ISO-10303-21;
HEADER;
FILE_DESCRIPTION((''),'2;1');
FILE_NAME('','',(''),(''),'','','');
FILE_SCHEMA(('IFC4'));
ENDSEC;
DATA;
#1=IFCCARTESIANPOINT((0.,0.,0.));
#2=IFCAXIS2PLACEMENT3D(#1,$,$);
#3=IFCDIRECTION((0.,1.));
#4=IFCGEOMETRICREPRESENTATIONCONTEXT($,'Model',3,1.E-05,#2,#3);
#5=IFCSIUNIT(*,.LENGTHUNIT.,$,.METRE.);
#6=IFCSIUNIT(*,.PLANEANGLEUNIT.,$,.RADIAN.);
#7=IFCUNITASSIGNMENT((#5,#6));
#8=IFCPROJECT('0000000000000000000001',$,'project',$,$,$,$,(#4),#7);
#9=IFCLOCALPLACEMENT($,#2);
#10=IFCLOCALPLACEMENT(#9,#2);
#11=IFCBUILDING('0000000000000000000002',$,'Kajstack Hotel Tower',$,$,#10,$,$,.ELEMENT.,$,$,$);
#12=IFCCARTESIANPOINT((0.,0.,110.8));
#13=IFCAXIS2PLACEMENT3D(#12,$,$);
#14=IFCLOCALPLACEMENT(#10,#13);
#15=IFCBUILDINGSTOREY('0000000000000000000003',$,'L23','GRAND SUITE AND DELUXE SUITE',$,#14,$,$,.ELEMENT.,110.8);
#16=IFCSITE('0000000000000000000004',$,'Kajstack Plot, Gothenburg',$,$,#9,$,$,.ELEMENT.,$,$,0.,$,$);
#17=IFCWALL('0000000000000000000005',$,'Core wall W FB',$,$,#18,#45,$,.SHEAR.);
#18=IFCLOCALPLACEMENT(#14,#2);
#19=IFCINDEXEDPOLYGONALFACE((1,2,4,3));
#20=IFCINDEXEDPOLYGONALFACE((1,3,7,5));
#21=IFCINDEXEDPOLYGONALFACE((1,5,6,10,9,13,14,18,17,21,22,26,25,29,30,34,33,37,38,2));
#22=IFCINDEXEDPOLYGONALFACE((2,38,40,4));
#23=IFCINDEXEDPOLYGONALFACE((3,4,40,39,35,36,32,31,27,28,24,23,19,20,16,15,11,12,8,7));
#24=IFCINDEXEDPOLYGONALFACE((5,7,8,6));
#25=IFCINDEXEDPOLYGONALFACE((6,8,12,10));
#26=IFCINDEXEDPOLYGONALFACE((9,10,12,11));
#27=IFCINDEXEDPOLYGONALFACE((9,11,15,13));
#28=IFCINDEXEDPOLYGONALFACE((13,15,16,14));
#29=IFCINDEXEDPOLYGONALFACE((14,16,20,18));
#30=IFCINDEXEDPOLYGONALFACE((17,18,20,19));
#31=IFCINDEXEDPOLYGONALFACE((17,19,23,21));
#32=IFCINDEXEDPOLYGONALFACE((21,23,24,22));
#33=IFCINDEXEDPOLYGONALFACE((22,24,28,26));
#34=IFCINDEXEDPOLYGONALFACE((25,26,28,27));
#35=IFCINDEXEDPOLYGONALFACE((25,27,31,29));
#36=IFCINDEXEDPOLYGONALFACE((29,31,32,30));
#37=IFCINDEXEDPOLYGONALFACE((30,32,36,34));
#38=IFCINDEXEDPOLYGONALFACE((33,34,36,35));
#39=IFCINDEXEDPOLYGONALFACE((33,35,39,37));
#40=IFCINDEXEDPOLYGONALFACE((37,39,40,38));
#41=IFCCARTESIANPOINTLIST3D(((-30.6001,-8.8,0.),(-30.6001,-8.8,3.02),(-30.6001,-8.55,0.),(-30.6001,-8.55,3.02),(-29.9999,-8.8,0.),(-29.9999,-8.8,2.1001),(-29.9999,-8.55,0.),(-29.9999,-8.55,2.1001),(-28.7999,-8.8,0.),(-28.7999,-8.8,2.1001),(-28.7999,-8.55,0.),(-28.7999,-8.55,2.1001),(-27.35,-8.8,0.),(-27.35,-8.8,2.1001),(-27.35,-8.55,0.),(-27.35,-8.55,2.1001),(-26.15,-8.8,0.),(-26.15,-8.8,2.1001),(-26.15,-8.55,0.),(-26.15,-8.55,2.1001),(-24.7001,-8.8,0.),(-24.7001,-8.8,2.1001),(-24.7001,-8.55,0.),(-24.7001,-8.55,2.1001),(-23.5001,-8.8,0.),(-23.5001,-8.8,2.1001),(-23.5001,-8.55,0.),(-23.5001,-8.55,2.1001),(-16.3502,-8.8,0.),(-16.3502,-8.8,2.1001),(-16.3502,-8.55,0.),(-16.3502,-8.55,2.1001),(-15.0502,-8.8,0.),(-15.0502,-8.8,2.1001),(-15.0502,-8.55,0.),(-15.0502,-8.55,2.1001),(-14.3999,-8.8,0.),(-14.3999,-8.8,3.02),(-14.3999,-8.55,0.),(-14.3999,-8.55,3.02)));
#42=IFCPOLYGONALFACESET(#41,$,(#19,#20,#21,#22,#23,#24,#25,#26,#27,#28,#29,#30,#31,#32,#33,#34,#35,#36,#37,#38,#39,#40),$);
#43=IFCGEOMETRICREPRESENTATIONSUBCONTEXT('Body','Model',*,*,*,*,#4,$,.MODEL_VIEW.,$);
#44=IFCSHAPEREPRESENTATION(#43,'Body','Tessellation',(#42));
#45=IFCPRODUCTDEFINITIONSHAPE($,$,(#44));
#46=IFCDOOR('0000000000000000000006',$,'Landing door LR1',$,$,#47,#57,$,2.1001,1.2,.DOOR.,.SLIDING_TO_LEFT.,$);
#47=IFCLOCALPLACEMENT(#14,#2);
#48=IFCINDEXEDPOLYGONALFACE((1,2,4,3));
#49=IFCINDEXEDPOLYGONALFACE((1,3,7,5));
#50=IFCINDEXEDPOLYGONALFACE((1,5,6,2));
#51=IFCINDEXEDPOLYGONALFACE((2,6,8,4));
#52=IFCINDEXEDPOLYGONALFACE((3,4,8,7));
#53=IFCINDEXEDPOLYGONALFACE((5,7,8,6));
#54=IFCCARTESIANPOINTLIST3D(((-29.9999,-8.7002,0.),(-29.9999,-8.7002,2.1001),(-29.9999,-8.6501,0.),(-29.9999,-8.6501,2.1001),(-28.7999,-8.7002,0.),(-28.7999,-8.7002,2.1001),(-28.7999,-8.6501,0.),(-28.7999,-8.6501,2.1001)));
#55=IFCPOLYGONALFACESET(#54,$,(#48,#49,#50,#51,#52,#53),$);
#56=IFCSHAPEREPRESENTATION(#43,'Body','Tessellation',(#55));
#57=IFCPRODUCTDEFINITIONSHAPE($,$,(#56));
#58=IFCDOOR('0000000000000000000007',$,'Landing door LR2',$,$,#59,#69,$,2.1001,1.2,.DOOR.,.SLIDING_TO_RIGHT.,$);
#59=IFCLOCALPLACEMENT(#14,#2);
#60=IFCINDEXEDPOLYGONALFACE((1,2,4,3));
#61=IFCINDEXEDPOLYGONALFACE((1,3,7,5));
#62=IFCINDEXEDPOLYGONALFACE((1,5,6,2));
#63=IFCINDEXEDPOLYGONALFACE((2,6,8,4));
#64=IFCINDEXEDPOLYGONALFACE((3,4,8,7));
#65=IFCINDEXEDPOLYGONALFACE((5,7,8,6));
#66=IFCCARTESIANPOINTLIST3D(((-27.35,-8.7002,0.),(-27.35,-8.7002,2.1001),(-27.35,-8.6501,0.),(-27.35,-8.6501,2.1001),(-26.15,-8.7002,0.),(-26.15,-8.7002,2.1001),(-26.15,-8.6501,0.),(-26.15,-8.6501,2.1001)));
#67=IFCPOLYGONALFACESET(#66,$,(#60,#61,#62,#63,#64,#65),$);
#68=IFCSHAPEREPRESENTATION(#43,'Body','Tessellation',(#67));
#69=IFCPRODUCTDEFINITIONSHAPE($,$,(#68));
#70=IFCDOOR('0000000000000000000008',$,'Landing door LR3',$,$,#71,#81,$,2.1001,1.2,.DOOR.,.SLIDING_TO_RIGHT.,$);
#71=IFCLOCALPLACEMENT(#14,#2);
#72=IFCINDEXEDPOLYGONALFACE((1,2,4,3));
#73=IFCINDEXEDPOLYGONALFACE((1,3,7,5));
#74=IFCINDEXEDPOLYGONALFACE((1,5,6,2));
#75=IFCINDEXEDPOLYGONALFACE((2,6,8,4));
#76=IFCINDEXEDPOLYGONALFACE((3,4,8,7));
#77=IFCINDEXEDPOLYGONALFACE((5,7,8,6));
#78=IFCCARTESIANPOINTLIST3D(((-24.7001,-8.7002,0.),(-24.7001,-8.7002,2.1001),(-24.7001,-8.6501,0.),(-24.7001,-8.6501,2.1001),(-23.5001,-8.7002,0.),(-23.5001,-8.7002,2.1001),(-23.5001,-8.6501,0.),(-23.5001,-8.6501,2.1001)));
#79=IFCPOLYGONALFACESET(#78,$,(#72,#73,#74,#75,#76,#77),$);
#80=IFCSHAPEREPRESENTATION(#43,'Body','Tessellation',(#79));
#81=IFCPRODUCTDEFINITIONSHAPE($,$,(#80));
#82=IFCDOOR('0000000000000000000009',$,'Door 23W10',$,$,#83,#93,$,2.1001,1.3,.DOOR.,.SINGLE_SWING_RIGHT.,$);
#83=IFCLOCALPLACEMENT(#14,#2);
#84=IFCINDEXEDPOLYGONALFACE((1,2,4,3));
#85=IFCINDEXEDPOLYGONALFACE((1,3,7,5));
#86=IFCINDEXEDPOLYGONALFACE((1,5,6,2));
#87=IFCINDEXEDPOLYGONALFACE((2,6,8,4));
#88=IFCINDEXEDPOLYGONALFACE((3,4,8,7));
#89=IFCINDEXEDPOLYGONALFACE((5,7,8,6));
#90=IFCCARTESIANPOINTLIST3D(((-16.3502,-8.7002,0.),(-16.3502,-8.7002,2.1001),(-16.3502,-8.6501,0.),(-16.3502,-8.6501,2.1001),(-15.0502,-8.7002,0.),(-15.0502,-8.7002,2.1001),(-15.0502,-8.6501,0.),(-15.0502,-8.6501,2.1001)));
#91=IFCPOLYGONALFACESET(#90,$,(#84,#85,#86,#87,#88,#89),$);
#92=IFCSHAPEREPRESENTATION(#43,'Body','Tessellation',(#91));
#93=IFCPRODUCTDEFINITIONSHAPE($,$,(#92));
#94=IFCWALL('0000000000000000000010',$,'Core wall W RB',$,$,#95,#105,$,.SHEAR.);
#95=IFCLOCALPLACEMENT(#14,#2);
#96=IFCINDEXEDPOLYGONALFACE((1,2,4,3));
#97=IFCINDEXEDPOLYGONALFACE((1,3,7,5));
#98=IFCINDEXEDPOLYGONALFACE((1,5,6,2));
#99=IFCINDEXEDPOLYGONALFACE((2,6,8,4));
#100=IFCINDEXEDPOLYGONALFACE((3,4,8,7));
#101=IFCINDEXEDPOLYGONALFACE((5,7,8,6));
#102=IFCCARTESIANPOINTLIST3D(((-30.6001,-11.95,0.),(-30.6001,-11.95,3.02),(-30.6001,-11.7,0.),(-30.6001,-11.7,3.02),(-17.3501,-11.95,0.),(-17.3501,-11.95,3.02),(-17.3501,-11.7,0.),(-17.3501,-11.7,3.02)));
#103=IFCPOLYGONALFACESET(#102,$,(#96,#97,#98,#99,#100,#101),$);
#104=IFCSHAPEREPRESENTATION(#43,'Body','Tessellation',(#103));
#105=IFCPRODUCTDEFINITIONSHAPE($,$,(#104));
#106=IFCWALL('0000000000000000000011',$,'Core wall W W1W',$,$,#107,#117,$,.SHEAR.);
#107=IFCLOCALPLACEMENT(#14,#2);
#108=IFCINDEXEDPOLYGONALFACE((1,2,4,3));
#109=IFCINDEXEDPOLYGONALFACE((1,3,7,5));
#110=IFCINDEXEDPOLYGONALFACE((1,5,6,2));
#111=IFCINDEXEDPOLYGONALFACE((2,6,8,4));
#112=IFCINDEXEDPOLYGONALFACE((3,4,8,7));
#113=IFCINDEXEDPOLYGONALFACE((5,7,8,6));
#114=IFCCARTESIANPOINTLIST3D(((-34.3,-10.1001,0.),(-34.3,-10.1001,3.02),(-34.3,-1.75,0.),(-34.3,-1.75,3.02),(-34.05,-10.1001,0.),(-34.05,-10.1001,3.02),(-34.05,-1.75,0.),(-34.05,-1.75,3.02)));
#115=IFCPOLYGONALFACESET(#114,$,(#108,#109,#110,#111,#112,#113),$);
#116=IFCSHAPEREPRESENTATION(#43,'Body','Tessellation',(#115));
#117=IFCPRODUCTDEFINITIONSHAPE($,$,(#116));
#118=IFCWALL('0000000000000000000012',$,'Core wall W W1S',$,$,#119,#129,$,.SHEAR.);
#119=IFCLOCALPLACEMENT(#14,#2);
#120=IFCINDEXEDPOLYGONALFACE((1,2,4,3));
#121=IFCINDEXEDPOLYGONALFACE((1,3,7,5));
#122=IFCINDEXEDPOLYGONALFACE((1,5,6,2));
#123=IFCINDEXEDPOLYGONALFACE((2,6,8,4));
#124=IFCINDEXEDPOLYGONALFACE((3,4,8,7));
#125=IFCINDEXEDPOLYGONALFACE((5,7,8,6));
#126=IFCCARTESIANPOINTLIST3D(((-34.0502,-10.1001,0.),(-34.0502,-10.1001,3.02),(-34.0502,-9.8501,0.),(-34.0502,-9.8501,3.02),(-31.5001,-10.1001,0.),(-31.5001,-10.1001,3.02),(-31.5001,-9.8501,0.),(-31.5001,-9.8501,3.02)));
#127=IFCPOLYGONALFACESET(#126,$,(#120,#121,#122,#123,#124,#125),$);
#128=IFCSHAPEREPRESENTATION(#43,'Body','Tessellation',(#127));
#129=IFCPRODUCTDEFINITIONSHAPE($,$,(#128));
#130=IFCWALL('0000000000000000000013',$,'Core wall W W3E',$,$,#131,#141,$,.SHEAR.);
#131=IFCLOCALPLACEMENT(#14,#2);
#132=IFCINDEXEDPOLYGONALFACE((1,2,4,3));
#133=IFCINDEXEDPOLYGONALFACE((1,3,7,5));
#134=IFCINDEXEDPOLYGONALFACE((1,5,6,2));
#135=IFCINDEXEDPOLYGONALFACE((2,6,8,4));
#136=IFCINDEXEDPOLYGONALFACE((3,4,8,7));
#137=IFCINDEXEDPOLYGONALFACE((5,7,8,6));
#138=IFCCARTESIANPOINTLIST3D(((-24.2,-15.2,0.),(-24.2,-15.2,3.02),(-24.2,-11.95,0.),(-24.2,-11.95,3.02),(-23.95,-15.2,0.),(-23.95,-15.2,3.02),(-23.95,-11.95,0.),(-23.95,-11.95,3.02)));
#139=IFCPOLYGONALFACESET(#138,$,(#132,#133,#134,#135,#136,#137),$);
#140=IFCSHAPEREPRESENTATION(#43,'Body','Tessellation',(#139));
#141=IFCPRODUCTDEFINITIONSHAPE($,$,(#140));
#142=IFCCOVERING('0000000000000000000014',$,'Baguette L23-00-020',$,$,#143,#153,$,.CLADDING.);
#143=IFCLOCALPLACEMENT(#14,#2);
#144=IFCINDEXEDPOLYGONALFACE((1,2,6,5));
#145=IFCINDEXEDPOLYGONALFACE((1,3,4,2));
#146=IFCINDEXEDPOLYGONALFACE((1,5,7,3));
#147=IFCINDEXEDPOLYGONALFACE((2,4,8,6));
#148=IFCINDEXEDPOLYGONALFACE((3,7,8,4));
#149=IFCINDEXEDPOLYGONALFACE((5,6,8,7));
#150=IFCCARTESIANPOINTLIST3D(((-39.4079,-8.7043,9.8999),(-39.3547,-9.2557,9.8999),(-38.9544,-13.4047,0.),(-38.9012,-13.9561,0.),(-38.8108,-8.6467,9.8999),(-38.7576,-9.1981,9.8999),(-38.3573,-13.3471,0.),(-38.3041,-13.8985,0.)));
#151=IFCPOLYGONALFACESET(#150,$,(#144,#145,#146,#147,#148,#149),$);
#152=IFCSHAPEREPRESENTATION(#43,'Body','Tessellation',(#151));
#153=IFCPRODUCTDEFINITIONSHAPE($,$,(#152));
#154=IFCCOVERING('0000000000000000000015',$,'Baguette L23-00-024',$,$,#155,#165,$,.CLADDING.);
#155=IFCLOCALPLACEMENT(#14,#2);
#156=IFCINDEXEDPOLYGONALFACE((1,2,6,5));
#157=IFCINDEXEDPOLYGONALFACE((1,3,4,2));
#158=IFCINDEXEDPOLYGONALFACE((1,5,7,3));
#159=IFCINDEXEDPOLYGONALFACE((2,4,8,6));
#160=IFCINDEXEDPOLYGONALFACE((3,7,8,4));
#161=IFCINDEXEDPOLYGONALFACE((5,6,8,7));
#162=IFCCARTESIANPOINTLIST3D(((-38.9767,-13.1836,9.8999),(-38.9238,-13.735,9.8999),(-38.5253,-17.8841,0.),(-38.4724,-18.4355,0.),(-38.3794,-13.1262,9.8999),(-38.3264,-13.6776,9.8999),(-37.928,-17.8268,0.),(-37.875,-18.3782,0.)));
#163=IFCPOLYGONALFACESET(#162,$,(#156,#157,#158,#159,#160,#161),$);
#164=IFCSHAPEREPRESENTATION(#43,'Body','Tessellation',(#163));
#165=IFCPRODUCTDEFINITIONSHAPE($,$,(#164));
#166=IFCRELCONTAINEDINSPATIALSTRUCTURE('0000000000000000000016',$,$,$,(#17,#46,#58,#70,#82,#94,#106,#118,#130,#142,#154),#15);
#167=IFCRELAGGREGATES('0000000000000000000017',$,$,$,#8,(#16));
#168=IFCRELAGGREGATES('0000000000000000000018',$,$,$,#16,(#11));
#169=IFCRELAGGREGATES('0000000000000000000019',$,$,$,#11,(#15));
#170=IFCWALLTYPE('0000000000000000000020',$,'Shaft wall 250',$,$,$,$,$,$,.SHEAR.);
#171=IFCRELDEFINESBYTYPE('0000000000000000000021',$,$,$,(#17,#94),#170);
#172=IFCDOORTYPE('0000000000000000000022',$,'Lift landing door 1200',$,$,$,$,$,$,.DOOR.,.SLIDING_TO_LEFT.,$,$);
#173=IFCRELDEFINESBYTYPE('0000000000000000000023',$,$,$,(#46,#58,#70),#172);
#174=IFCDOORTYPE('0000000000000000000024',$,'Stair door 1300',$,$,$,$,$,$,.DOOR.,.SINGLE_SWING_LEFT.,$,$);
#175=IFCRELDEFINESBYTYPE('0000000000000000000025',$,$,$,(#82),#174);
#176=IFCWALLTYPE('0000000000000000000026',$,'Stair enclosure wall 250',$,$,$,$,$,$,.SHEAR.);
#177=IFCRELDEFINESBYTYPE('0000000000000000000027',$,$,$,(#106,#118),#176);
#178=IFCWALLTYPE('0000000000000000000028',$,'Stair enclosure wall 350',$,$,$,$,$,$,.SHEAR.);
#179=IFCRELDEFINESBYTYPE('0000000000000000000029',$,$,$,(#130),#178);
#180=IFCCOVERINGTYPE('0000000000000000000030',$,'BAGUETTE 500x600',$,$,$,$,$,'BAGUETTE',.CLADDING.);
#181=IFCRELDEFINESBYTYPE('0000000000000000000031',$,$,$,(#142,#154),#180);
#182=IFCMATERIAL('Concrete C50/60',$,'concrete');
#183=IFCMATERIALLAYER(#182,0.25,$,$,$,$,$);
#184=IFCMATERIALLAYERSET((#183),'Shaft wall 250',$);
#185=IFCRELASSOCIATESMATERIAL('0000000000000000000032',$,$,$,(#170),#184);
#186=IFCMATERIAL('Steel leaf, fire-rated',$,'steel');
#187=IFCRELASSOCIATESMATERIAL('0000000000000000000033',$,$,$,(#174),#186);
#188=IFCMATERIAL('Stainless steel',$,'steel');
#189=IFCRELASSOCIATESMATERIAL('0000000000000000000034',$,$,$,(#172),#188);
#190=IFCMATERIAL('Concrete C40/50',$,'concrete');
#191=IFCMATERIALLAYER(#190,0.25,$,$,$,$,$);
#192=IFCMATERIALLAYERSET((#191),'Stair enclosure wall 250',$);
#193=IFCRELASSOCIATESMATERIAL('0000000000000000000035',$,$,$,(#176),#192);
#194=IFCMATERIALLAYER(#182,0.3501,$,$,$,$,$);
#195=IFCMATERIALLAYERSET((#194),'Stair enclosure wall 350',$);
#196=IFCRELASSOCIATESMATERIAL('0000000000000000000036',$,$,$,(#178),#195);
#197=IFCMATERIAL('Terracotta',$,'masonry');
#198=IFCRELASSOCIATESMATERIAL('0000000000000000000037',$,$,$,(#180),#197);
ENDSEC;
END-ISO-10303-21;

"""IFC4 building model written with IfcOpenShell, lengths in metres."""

from ifc_helpers import new_model, si_unit, direction, frame, frame_2d, origin, origin_2d, place, context, subcontext, project, spatial, polyline, rectangle, outline, extrude, material, layer, layer_set, material_profile, profile_set, type_object, element, fill, save


model = new_model("IFC4")

# Units and contexts
model_context = context("Model", 3, precision=1e-05, world=origin(), true_north=direction((0.0, 1.0)))
body_context = subcontext(model_context, "Body", "Model", "MODEL_VIEW")
ifc_project = project(units=[si_unit("LENGTHUNIT", "METRE"), si_unit("PLANEANGLEUNIT", "RADIAN")], contexts=[model_context])

# Site, building, storey
site_placement = place(None, origin())
site = spatial("IfcSite", under=ifc_project, at=site_placement, Name="Kajstack Plot, Gothenburg", CompositionType="ELEMENT", RefElevation=0.0)
building_placement = place(site_placement, origin())
building = spatial("IfcBuilding", under=site, at=building_placement, Name="Kajstack Hotel Tower", CompositionType="ELEMENT")
storey_placement = place(building_placement, frame((0.0, 0.0, 110.8)))
storey = spatial("IfcBuildingStorey", under=building, at=storey_placement, Name="L23", Description="GRAND SUITE AND DELUXE SUITE", CompositionType="ELEMENT", Elevation=110.8)

# Shared definitions
ifc_material_1 = material(Name="Stainless steel", Category="steel")

# Wall, openings, doors
ifc_material_2 = material(Name="Concrete C50/60", Category="concrete")
ifc_layer_1 = layer(ifc_material_2, 0.25)
ifc_layer_set_1 = layer_set([ifc_layer_1], Name="Shaft wall 250")
wall_type_1 = type_object("IfcWallType", Name="Shaft wall 250", PredefinedType="SHEAR", material=ifc_layer_set_1)
ifc_material_3 = material(Name="Steel leaf, fire-rated", Category="steel")
door_type_1 = type_object("IfcDoorType", Name="Stair door 1300", OperationType="SINGLE_SWING_LEFT", PredefinedType="DOOR", material=ifc_material_3)
wall_1_placement = place(storey_placement, frame((-30.6001, -8.675, 0.0), z_axis=(0.0, 0.0, 1.0), x_axis=(1.0, 0.0, 0.0)))
wall_1 = element("IfcWall", 1, at=wall_1_placement, inside=storey, type_object=wall_type_1, Name="Core wall W FB", PredefinedType="SHEAR", context=body_context, shape_type="SweptSolid", body=[
    extrude(rectangle(XDim=16.2002, YDim=0.25, at=frame_2d((8.1001, 0.0))), origin(), (0.0, 0.0, 1.0), 3.02),
])
opening_1_placement = place(wall_1_placement, frame((0.6001, 0.0, 0.0)))
opening_1 = element("IfcOpeningElement", 2, at=opening_1_placement, cuts=wall_1, PredefinedType="OPENING", context=body_context, shape_type="SweptSolid", body=[
    extrude(rectangle(XDim=1.2, YDim=2.1001, at=frame_2d((0.6001, 1.05))), frame((0.0, 0.135, 0.0), z_axis=(0.0, -1.0, 0.0), x_axis=(1.0, 0.0, 0.0)), (0.0, 0.0, 1.0), 0.27),
])
opening_2_placement = place(wall_1_placement, frame((3.25, 0.0, 0.0)))
opening_2 = element("IfcOpeningElement", 3, at=opening_2_placement, cuts=wall_1, PredefinedType="OPENING", context=body_context, shape_type="SweptSolid", body=[
    extrude(rectangle(XDim=1.2, YDim=2.1001, at=frame_2d((0.6001, 1.05))), frame((0.0, 0.135, 0.0), z_axis=(0.0, -1.0, 0.0), x_axis=(1.0, 0.0, 0.0)), (0.0, 0.0, 1.0), 0.27),
])
opening_3_placement = place(wall_1_placement, frame((5.8999, 0.0, 0.0)))
opening_3 = element("IfcOpeningElement", 4, at=opening_3_placement, cuts=wall_1, PredefinedType="OPENING", context=body_context, shape_type="SweptSolid", body=[
    extrude(rectangle(XDim=1.2, YDim=2.1001, at=frame_2d((0.6001, 1.05))), frame((0.0, 0.135, 0.0), z_axis=(0.0, -1.0, 0.0), x_axis=(1.0, 0.0, 0.0)), (0.0, 0.0, 1.0), 0.27),
])
opening_4_placement = place(wall_1_placement, frame((14.25, 0.0, 0.0)))
opening_4 = element("IfcOpeningElement", 5, at=opening_4_placement, cuts=wall_1, PredefinedType="OPENING", context=body_context, shape_type="SweptSolid", body=[
    extrude(rectangle(XDim=1.3, YDim=2.1001, at=frame_2d((0.6499, 1.05))), frame((0.0, 0.135, 0.0), z_axis=(0.0, -1.0, 0.0), x_axis=(1.0, 0.0, 0.0)), (0.0, 0.0, 1.0), 0.27),
])
door_type_2 = type_object("IfcDoorType", Name="Lift landing door 1200", OperationType="SLIDING_TO_LEFT", PredefinedType="DOOR", material=ifc_material_1)
door_1_placement = place(opening_1_placement, origin())
door_1 = element("IfcDoor", 6, at=door_1_placement, inside=storey, type_object=door_type_2, Name="Landing door LR1", OperationType="SLIDING_TO_LEFT", OverallHeight=2.1001, OverallWidth=1.2, PredefinedType="DOOR", context=body_context, shape_type="SweptSolid", body=[
    extrude(rectangle(XDim=1.2, YDim=2.1001, at=frame_2d((0.6001, 1.05))), frame((0.0, 0.0249, 0.0), z_axis=(0.0, -1.0, 0.0), x_axis=(1.0, 0.0, 0.0)), (0.0, 0.0, 1.0), 0.05),
])
fill(opening_1, door_1)
door_2_placement = place(opening_2_placement, origin())
door_2 = element("IfcDoor", 7, at=door_2_placement, inside=storey, type_object=door_type_2, Name="Landing door LR2", OperationType="SLIDING_TO_RIGHT", OverallHeight=2.1001, OverallWidth=1.2, PredefinedType="DOOR", context=body_context, shape_type="SweptSolid", body=[
    extrude(rectangle(XDim=1.2, YDim=2.1001, at=frame_2d((0.6001, 1.05))), frame((0.0, 0.0249, 0.0), z_axis=(0.0, -1.0, 0.0), x_axis=(1.0, 0.0, 0.0)), (0.0, 0.0, 1.0), 0.05),
])
fill(opening_2, door_2)
door_3_placement = place(opening_3_placement, origin())
door_3 = element("IfcDoor", 8, at=door_3_placement, inside=storey, type_object=door_type_2, Name="Landing door LR3", OperationType="SLIDING_TO_RIGHT", OverallHeight=2.1001, OverallWidth=1.2, PredefinedType="DOOR", context=body_context, shape_type="SweptSolid", body=[
    extrude(rectangle(XDim=1.2, YDim=2.1001, at=frame_2d((0.6001, 1.05))), frame((0.0, 0.0249, 0.0), z_axis=(0.0, -1.0, 0.0), x_axis=(1.0, 0.0, 0.0)), (0.0, 0.0, 1.0), 0.05),
])
fill(opening_3, door_3)
door_4_placement = place(opening_4_placement, origin())
door_4 = element("IfcDoor", 9, at=door_4_placement, inside=storey, type_object=door_type_1, Name="Door 23W10", OperationType="SINGLE_SWING_RIGHT", OverallHeight=2.1001, OverallWidth=1.3, PredefinedType="DOOR", context=body_context, shape_type="SweptSolid", body=[
    extrude(rectangle(XDim=1.3, YDim=2.1001, at=frame_2d((0.6499, 1.05))), frame((0.0, 0.0249, 0.0), z_axis=(0.0, -1.0, 0.0), x_axis=(1.0, 0.0, 0.0)), (0.0, 0.0, 1.0), 0.05),
])
fill(opening_4, door_4)

# Walls
wall_2_placement = place(storey_placement, frame((-30.6001, -11.825, 0.0), z_axis=(0.0, 0.0, 1.0), x_axis=(1.0, 0.0, 0.0)))
element("IfcWall", 10, at=wall_2_placement, inside=storey, type_object=wall_type_1, Name="Core wall W RB", PredefinedType="SHEAR", context=body_context, shape_type="SweptSolid", body=[
    extrude(rectangle(XDim=13.25, YDim=0.25, at=frame_2d((6.625, 0.0))), origin(), (0.0, 0.0, 1.0), 3.02),
])
ifc_material_4 = material(Name="Concrete C40/50", Category="concrete")
ifc_layer_2 = layer(ifc_material_4, 0.25)
ifc_layer_set_2 = layer_set([ifc_layer_2], Name="Stair enclosure wall 250")
wall_type_2 = type_object("IfcWallType", Name="Stair enclosure wall 250", PredefinedType="SHEAR", material=ifc_layer_set_2)
wall_3_placement = place(storey_placement, frame((-34.175, -10.1001, 0.0), z_axis=(0.0, 0.0, 1.0), x_axis=(0.0, 1.0, 0.0)))
element("IfcWall", 11, at=wall_3_placement, inside=storey, type_object=wall_type_2, Name="Core wall W W1W", PredefinedType="SHEAR", context=body_context, shape_type="SweptSolid", body=[
    extrude(rectangle(XDim=8.3501, YDim=0.25, at=frame_2d((4.175, 0.0))), origin(), (0.0, 0.0, 1.0), 3.02),
])
wall_4_placement = place(storey_placement, frame((-34.05, -9.9751, 0.0), z_axis=(0.0, 0.0, 1.0), x_axis=(1.0, 0.0, 0.0)))
element("IfcWall", 12, at=wall_4_placement, inside=storey, type_object=wall_type_2, Name="Core wall W W1S", PredefinedType="SHEAR", context=body_context, shape_type="SweptSolid", body=[
    extrude(rectangle(XDim=2.55, YDim=0.25, at=frame_2d((1.2749, 0.0))), origin(), (0.0, 0.0, 1.0), 3.02),
])
ifc_layer_3 = layer(ifc_material_2, 0.3501)
ifc_layer_set_3 = layer_set([ifc_layer_3], Name="Stair enclosure wall 350")
wall_type_3 = type_object("IfcWallType", Name="Stair enclosure wall 350", PredefinedType="SHEAR", material=ifc_layer_set_3)
wall_5_placement = place(storey_placement, frame((-24.075, -15.2, 0.0), z_axis=(0.0, 0.0, 1.0), x_axis=(0.0, 1.0, 0.0)))
element("IfcWall", 13, at=wall_5_placement, inside=storey, type_object=wall_type_3, Name="Core wall W W3E", PredefinedType="SHEAR", context=body_context, shape_type="SweptSolid", body=[
    extrude(rectangle(XDim=3.25, YDim=0.25, at=frame_2d((1.625, 0.0))), origin(), (0.0, 0.0, 1.0), 3.02),
])

# Coverings
ifc_material_5 = material(Name="Terracotta", Category="masonry")
ifc_material_profile = material_profile(ifc_material_5, rectangle(XDim=0.6001, YDim=0.5, at=origin_2d()), Name="Terracotta-clad concrete baguette 500 x 600")
ifc_profile_set = profile_set([ifc_material_profile], Name="Terracotta")
covering_type = type_object("IfcCoveringType", Name="BAGUETTE 500x600", ElementType="BAGUETTE", PredefinedType="CLADDING", material=ifc_profile_set)
covering_1_placement = place(storey_placement, frame((-38.8108, -8.6467, 0.0), z_axis=(-0.995378, -0.096038, 0.0), x_axis=(0.096038, -0.995378, 0.0)))
element("IfcCovering", 14, at=covering_1_placement, inside=storey, type_object=covering_type, Name="Baguette L23-00-020", PredefinedType="CLADDING", context=body_context, shape_type="SweptSolid", body=[
    extrude(outline(polyline([(0.0, 9.8999), (4.7222, 0.0), (5.2761, 0.0), (0.554, 9.8999), (0.0, 9.8999)])), origin(), (0.0, 0.0, 1.0), 0.5999),
])
covering_2_placement = place(storey_placement, frame((-38.3794, -13.1262, 0.0), z_axis=(-0.99542, -0.095596, 0.0), x_axis=(0.095596, -0.99542, 0.0)))
element("IfcCovering", 15, at=covering_2_placement, inside=storey, type_object=covering_type, Name="Baguette L23-00-024", PredefinedType="CLADDING", context=body_context, shape_type="SweptSolid", body=[
    extrude(outline(polyline([(0.0, 9.8999), (4.7222, 0.0), (5.2761, 0.0), (0.554, 9.8999), (0.0, 9.8999)])), origin(), (0.0, 0.0, 1.0), 0.6001),
])

save(model, "model.ifc")
